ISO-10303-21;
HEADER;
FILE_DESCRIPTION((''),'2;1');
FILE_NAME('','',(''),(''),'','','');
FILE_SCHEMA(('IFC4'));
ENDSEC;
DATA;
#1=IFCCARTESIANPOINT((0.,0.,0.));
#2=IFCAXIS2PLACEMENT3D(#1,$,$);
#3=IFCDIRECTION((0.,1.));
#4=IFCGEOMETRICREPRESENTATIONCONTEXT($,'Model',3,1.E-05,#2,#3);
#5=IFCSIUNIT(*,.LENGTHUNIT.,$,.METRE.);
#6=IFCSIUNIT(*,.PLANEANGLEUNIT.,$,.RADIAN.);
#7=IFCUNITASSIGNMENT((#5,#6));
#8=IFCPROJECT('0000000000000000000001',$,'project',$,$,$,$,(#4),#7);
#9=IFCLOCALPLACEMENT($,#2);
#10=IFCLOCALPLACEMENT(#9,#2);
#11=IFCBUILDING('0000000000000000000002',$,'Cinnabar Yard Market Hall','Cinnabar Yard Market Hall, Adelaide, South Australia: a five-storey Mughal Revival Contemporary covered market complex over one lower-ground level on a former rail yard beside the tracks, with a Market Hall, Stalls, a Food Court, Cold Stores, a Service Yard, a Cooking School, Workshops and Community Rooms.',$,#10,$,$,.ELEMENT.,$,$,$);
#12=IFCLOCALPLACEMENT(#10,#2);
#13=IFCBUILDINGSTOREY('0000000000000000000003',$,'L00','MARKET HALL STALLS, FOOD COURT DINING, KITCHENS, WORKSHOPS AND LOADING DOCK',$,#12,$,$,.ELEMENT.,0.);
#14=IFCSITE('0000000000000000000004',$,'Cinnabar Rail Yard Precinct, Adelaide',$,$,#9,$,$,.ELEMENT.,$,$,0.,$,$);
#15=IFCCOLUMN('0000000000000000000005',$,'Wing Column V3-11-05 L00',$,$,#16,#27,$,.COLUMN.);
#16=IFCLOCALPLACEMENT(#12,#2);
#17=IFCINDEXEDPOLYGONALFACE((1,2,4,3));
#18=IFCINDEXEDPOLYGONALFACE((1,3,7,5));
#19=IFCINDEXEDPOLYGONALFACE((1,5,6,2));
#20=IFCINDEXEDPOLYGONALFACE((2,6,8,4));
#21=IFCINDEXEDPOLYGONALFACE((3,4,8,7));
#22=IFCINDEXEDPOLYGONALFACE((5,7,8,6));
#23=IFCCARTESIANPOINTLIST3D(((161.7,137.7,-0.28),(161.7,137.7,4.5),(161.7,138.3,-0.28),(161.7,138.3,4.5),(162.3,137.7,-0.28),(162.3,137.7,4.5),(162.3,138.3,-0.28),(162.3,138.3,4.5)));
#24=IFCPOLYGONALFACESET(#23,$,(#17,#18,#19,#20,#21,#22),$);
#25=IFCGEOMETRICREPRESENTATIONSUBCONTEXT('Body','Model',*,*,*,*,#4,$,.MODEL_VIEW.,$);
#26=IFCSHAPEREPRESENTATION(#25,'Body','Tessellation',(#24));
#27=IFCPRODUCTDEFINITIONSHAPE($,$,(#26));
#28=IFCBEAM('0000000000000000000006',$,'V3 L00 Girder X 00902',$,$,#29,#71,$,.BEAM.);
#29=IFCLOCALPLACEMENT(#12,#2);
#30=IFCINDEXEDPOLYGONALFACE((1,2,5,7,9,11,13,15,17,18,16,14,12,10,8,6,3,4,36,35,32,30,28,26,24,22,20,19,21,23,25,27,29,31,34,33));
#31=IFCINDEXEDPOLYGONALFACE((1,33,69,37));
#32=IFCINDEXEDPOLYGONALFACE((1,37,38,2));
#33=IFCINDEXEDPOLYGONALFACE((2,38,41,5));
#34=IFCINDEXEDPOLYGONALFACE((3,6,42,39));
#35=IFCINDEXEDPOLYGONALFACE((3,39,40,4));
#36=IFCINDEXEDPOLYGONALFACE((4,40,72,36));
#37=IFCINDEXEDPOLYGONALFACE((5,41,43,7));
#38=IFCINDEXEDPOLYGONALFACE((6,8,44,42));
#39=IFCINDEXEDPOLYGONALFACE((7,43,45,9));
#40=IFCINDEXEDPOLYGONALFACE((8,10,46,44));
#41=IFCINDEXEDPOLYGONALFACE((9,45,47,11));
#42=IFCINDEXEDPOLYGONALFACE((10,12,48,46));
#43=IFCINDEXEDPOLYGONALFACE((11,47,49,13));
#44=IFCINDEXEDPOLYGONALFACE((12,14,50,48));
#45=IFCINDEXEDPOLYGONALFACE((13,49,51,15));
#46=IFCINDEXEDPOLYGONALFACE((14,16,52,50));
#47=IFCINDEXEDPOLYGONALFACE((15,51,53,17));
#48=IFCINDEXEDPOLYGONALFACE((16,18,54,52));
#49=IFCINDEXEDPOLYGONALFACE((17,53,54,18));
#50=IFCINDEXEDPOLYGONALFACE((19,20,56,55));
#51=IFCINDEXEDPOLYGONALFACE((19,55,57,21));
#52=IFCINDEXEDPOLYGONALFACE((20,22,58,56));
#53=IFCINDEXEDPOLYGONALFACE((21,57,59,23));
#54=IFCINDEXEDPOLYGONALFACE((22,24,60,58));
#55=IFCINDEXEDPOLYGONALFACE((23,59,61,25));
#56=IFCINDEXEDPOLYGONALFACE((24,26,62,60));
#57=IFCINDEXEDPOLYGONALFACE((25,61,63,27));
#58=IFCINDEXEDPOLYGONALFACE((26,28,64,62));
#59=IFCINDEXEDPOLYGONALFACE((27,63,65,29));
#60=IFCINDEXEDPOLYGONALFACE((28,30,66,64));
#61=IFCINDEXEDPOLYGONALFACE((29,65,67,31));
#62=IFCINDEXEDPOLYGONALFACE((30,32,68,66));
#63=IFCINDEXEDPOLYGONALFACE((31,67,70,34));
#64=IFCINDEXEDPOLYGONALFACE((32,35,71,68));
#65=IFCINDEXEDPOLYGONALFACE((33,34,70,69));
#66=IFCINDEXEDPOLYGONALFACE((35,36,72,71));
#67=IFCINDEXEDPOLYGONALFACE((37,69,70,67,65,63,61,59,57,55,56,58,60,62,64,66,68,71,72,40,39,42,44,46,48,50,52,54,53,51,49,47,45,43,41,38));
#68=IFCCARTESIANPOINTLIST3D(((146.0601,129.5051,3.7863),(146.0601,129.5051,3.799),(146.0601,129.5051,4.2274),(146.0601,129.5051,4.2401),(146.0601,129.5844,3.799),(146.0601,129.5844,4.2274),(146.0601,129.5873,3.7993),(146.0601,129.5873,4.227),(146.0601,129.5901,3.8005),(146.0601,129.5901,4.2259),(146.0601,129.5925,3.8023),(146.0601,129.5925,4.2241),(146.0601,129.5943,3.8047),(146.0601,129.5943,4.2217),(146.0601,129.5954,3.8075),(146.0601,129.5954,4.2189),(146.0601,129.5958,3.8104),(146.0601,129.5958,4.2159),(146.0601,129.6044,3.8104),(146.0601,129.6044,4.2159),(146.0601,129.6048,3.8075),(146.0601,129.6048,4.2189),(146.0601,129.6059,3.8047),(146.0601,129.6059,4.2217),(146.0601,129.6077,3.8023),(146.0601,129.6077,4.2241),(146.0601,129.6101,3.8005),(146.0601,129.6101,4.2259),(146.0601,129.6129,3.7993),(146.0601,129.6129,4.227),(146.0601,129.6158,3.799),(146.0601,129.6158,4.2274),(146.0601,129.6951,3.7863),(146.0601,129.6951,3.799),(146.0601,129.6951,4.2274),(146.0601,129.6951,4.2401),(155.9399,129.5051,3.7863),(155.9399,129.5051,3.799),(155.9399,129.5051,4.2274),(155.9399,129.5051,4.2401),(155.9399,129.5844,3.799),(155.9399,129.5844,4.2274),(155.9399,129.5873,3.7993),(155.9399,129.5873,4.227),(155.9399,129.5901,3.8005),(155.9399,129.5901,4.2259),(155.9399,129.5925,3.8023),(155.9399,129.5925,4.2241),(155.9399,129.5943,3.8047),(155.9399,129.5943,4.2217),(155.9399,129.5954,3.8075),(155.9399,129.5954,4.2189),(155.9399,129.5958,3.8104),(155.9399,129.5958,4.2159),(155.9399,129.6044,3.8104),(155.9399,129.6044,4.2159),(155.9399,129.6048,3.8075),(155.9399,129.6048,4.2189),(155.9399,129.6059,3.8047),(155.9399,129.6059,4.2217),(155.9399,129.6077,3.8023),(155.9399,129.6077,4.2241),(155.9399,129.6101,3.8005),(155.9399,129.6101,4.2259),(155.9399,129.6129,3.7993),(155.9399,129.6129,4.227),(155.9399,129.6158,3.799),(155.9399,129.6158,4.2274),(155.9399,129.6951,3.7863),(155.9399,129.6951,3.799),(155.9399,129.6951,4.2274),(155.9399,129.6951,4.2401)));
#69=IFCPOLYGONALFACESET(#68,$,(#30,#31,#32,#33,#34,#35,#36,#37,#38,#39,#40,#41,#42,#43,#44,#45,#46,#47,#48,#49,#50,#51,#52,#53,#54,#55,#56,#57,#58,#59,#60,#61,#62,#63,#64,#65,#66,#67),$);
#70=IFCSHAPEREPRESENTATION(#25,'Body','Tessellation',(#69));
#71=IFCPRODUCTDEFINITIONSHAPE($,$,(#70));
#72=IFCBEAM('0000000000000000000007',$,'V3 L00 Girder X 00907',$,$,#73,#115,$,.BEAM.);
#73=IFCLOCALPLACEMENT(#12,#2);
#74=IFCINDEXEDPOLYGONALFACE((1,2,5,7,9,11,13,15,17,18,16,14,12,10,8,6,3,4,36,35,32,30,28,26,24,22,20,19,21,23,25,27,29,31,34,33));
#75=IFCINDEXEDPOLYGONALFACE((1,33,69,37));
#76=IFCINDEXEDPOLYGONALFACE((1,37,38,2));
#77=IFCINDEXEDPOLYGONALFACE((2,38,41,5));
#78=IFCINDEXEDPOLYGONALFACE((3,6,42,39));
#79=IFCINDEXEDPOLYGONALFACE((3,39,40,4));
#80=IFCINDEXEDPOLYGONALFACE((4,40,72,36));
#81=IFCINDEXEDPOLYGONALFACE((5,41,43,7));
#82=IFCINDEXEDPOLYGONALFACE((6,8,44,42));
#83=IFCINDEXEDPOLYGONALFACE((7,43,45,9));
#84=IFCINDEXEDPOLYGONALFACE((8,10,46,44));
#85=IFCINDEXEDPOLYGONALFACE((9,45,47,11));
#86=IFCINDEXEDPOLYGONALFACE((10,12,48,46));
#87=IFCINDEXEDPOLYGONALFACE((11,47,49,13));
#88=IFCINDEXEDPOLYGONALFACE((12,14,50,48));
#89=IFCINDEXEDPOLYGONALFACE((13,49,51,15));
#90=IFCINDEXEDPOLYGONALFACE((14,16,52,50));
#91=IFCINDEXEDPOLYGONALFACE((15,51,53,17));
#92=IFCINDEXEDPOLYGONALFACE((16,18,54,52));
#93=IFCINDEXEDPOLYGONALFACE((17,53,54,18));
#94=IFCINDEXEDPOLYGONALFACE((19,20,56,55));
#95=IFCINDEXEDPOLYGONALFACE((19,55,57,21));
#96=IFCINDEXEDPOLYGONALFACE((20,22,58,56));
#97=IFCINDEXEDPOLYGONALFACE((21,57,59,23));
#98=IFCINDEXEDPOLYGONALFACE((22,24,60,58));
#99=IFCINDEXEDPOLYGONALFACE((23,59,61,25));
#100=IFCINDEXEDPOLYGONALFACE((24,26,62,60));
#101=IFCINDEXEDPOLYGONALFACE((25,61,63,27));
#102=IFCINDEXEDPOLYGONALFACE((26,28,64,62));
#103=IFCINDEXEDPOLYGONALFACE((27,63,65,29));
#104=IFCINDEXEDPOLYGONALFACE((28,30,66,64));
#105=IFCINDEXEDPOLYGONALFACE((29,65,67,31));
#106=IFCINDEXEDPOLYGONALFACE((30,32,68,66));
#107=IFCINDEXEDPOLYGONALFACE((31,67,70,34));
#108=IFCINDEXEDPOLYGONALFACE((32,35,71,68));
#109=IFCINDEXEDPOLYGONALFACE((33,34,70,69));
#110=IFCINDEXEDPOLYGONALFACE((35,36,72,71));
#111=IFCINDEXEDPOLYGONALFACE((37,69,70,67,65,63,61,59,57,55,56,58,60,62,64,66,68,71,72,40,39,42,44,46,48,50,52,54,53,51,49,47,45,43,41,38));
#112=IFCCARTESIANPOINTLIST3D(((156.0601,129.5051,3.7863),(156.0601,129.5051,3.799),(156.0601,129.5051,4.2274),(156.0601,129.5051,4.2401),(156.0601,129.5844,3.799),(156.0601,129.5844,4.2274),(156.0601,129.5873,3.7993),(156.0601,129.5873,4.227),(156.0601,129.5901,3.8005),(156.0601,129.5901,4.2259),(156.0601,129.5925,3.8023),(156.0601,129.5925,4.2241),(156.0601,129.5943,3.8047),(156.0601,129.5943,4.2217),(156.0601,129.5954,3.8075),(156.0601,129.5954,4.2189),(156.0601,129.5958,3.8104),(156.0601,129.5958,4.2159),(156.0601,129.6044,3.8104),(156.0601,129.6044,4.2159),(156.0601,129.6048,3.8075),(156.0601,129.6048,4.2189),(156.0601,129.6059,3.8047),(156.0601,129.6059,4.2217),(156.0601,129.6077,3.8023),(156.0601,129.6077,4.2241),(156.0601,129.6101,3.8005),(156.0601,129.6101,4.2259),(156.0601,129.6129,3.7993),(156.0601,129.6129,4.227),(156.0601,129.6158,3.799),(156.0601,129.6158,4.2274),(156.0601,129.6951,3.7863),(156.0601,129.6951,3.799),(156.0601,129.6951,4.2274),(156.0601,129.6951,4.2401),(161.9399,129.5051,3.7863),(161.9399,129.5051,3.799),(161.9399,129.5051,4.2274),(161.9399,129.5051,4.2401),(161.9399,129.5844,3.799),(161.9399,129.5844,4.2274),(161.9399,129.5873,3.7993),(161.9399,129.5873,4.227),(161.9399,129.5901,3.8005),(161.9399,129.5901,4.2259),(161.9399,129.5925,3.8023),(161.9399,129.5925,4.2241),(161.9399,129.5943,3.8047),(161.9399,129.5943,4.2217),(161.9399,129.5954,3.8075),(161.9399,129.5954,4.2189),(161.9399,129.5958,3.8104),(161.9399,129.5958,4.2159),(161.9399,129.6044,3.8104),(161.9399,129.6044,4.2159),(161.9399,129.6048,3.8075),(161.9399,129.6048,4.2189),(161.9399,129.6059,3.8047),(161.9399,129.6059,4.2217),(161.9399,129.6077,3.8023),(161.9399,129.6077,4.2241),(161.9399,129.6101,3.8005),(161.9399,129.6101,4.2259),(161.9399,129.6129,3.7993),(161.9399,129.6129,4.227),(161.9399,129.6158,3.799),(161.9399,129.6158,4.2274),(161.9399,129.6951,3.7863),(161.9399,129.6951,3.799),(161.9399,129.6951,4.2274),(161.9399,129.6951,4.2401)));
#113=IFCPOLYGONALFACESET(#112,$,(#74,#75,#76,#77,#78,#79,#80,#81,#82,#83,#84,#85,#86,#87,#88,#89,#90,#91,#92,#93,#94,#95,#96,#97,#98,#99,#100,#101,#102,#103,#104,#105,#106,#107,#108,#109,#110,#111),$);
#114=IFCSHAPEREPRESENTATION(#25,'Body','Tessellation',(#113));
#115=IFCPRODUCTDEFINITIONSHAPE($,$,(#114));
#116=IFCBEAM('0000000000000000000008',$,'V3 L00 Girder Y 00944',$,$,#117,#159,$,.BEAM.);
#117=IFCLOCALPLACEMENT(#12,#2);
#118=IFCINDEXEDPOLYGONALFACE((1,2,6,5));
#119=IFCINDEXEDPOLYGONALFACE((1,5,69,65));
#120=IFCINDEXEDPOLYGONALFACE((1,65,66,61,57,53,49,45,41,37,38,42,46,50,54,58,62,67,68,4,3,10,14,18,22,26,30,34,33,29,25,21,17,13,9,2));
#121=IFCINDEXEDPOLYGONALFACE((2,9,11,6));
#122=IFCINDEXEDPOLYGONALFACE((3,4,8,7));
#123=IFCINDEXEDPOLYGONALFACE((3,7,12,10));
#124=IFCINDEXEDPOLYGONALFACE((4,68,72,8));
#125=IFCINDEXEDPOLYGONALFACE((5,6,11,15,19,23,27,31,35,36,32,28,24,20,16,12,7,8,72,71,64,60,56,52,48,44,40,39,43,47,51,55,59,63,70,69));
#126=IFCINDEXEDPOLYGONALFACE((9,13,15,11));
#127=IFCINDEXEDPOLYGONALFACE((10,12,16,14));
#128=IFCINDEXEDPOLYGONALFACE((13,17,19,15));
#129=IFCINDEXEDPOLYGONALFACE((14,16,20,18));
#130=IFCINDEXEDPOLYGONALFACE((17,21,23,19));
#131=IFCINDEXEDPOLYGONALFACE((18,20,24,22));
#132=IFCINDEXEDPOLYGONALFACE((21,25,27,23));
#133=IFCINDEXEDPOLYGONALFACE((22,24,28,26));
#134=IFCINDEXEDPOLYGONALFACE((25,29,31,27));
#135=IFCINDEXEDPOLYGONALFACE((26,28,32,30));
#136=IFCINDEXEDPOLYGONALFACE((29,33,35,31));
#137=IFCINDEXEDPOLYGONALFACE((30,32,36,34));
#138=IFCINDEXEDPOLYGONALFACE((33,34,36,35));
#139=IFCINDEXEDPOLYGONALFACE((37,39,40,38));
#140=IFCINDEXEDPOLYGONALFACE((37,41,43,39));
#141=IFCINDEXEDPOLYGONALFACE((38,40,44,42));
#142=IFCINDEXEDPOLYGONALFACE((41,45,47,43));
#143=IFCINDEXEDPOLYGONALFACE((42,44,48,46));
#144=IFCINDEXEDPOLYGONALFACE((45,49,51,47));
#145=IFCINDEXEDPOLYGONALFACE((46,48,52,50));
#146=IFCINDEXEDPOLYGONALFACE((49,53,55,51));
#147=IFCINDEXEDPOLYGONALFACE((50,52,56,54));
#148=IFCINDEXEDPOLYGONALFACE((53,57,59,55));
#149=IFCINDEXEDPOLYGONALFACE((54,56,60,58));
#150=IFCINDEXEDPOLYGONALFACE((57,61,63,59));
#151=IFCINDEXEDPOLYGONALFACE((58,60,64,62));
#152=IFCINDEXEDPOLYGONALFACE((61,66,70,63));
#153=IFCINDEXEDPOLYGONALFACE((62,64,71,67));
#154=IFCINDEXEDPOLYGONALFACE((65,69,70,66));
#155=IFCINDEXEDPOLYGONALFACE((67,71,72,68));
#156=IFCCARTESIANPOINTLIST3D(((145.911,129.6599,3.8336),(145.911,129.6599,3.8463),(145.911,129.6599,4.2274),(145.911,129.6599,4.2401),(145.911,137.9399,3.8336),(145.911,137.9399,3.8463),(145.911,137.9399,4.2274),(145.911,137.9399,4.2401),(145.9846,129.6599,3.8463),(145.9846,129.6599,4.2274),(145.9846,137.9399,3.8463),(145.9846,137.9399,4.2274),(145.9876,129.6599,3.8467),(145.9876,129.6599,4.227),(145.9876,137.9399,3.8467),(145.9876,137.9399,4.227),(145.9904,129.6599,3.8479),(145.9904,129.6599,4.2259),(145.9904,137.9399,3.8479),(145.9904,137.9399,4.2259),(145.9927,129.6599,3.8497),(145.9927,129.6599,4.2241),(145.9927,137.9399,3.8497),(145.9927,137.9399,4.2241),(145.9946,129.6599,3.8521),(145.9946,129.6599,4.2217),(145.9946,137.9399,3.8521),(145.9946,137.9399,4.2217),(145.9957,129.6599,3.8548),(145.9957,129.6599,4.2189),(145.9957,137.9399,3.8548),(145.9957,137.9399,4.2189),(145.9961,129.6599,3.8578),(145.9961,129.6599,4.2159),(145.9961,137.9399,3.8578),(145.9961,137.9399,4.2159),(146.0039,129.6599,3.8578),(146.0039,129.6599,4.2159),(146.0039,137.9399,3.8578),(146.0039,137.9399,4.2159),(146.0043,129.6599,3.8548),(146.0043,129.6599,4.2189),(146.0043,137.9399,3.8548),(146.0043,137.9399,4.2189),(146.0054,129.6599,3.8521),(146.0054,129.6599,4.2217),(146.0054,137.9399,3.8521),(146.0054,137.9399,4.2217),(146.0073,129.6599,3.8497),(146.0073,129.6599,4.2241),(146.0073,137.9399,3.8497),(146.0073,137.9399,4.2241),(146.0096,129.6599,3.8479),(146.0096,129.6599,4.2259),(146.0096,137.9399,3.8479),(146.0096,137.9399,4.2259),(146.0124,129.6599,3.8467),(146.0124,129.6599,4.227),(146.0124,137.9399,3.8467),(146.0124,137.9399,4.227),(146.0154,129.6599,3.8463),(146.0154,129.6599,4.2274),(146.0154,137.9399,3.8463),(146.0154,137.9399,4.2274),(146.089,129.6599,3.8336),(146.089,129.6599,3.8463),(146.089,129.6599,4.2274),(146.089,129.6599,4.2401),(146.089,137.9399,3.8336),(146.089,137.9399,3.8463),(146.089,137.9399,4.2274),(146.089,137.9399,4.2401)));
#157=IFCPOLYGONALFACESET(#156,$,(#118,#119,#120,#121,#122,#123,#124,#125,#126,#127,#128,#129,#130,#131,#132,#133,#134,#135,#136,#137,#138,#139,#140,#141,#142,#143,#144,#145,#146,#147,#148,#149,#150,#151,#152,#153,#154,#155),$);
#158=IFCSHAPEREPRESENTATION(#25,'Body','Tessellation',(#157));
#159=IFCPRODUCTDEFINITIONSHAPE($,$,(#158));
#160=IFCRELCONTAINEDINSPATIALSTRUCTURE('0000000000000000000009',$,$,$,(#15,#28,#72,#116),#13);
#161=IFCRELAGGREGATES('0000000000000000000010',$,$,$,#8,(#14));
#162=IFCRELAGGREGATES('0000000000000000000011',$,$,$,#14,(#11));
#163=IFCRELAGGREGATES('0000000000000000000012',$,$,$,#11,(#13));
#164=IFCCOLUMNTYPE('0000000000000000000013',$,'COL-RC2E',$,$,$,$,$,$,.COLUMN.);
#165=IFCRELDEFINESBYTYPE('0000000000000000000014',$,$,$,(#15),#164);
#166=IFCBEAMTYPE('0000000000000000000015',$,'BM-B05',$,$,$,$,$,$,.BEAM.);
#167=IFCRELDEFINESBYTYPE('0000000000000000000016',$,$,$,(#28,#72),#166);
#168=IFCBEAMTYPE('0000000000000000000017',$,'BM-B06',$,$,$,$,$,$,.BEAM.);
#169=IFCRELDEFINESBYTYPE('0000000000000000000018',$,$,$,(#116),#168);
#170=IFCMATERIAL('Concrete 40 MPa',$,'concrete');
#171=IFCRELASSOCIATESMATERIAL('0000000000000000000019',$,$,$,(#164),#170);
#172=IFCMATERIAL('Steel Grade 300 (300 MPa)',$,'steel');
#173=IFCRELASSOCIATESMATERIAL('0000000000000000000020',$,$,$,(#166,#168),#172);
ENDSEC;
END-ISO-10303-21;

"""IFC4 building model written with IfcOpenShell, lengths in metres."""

from ifc_helpers import new_model, si_unit, direction, frame, origin, origin_2d_with_axis, place, context, subcontext, project, spatial, rectangle, i_section, extrude, material, material_profile, profile_set, type_object, element, save


model = new_model("IFC4")

# Units and contexts
model_context = context("Model", 3, precision=1e-05, world=origin(), true_north=direction((0.0, 1.0)))
body_context = subcontext(model_context, "Body", "Model", "MODEL_VIEW")
ifc_project = project(units=[si_unit("LENGTHUNIT", "METRE"), si_unit("PLANEANGLEUNIT", "RADIAN")], contexts=[model_context])

# Site, building, storey
site_placement = place(None, origin())
site = spatial("IfcSite", under=ifc_project, at=site_placement, Name="Cinnabar Rail Yard Precinct, Adelaide", CompositionType="ELEMENT", RefElevation=0.0)
building_placement = place(site_placement, origin())
building = spatial("IfcBuilding", under=site, at=building_placement, Name="Cinnabar Yard Market Hall", Description="Cinnabar Yard Market Hall, Adelaide, South Australia: a five-storey Mughal Revival Contemporary covered market complex over one lower-ground level on a former rail yard beside the tracks, with a Market Hall, Stalls, a Food Court, Cold Stores, a Service Yard, a Cooking School, Workshops and Community Rooms.", CompositionType="ELEMENT")
storey_placement = place(building_placement, origin())
storey = spatial("IfcBuildingStorey", under=building, at=storey_placement, Name="L00", Description="MARKET HALL STALLS, FOOD COURT DINING, KITCHENS, WORKSHOPS AND LOADING DOCK", CompositionType="ELEMENT", Elevation=0.0)

# Shared definitions
ifc_material_1 = material(Name="Concrete 40 MPa", Category="concrete")

# Column
ifc_material_2 = material(Name="Steel Grade 300 (300 MPa)", Category="steel")
ifc_material_profile_1 = material_profile(ifc_material_1, rectangle(XDim=0.6001, YDim=0.6001, at=origin_2d_with_axis()), Name="RC-600x600")
ifc_profile_set_1 = profile_set([ifc_material_profile_1], Name="Concrete 40 MPa")
column_type_1 = type_object("IfcColumnType", Name="COL-RC2E", PredefinedType="COLUMN", material=ifc_profile_set_1)
column_1_placement = place(storey_placement, frame((162.0, 138.0, -0.28), z_axis=(0.0, 0.0, 1.0), x_axis=(1.0, 0.0, 0.0)))
element("IfcColumn", 1, at=column_1_placement, inside=storey, type_object=column_type_1, Name="Wing Column V3-11-05 L00", PredefinedType="COLUMN", context=body_context, shape_type="SweptSolid", body=[
    extrude(rectangle(XDim=0.6001, YDim=0.6001, at=origin_2d_with_axis()), origin(), (0.0, 0.0, 1.0), 4.78),
])

# Beams
ifc_material_profile_2 = material_profile(ifc_material_2, i_section(OverallWidth=0.1899, OverallDepth=0.4539, WebThickness=0.0085, FlangeThickness=0.0127, FilletRadius=0.0115, at=origin_2d_with_axis()), Name="460UB67.1")
ifc_profile_set_2 = profile_set([ifc_material_profile_2], Name="Steel Grade 300 (300 MPa)")
beam_type_1 = type_object("IfcBeamType", Name="BM-B05", PredefinedType="BEAM", material=ifc_profile_set_2)
beam_1_placement = place(storey_placement, frame((146.0601, 129.6001, 4.0132), z_axis=(1.0, 0.0, 0.0), x_axis=(0.0, 1.0, 0.0)))
element("IfcBeam", 2, at=beam_1_placement, inside=storey, type_object=beam_type_1, Name="V3 L00 Girder X 00902", PredefinedType="BEAM", context=body_context, shape_type="SweptSolid", body=[
    extrude(i_section(OverallWidth=0.1899, OverallDepth=0.4539, WebThickness=0.0085, FlangeThickness=0.0127, FilletRadius=0.0115, at=origin_2d_with_axis()), origin(), (0.0, 0.0, 1.0), 9.8799),
])
beam_2_placement = place(storey_placement, frame((156.0601, 129.6001, 4.0132), z_axis=(1.0, 0.0, 0.0), x_axis=(0.0, 1.0, 0.0)))
element("IfcBeam", 3, at=beam_2_placement, inside=storey, type_object=beam_type_1, Name="V3 L00 Girder X 00907", PredefinedType="BEAM", context=body_context, shape_type="SweptSolid", body=[
    extrude(i_section(OverallWidth=0.1899, OverallDepth=0.4539, WebThickness=0.0085, FlangeThickness=0.0127, FilletRadius=0.0115, at=origin_2d_with_axis()), origin(), (0.0, 0.0, 1.0), 5.8799),
])
ifc_material_profile_3 = material_profile(ifc_material_2, i_section(OverallWidth=0.178, OverallDepth=0.4065, WebThickness=0.0078, FlangeThickness=0.0127, FilletRadius=0.0115, at=origin_2d_with_axis()), Name="410UB59.7")
ifc_profile_set_3 = profile_set([ifc_material_profile_3], Name="Steel Grade 300 (300 MPa)")
beam_type_2 = type_object("IfcBeamType", Name="BM-B06", PredefinedType="BEAM", material=ifc_profile_set_3)
for number, where, z_axis, x_axis, name in (
    (4, (146.0, 129.6599, 4.0369), (0.0, 1.0, 0.0), (-1.0, 0.0, 0.0), "V3 L00 Girder Y 00944"),
):
    element("IfcBeam", number, at=place(storey_placement, frame(where, z_axis=z_axis, x_axis=x_axis)), inside=storey, type_object=beam_type_2, Name=name, PredefinedType="BEAM", context=body_context, shape_type="SweptSolid", body=[
        extrude(i_section(OverallWidth=0.178, OverallDepth=0.4065, WebThickness=0.0078, FlangeThickness=0.0127, FilletRadius=0.0115, at=origin_2d_with_axis()), origin(), (0.0, 0.0, 1.0), 8.28),
    ])

save(model, "model.ifc")
